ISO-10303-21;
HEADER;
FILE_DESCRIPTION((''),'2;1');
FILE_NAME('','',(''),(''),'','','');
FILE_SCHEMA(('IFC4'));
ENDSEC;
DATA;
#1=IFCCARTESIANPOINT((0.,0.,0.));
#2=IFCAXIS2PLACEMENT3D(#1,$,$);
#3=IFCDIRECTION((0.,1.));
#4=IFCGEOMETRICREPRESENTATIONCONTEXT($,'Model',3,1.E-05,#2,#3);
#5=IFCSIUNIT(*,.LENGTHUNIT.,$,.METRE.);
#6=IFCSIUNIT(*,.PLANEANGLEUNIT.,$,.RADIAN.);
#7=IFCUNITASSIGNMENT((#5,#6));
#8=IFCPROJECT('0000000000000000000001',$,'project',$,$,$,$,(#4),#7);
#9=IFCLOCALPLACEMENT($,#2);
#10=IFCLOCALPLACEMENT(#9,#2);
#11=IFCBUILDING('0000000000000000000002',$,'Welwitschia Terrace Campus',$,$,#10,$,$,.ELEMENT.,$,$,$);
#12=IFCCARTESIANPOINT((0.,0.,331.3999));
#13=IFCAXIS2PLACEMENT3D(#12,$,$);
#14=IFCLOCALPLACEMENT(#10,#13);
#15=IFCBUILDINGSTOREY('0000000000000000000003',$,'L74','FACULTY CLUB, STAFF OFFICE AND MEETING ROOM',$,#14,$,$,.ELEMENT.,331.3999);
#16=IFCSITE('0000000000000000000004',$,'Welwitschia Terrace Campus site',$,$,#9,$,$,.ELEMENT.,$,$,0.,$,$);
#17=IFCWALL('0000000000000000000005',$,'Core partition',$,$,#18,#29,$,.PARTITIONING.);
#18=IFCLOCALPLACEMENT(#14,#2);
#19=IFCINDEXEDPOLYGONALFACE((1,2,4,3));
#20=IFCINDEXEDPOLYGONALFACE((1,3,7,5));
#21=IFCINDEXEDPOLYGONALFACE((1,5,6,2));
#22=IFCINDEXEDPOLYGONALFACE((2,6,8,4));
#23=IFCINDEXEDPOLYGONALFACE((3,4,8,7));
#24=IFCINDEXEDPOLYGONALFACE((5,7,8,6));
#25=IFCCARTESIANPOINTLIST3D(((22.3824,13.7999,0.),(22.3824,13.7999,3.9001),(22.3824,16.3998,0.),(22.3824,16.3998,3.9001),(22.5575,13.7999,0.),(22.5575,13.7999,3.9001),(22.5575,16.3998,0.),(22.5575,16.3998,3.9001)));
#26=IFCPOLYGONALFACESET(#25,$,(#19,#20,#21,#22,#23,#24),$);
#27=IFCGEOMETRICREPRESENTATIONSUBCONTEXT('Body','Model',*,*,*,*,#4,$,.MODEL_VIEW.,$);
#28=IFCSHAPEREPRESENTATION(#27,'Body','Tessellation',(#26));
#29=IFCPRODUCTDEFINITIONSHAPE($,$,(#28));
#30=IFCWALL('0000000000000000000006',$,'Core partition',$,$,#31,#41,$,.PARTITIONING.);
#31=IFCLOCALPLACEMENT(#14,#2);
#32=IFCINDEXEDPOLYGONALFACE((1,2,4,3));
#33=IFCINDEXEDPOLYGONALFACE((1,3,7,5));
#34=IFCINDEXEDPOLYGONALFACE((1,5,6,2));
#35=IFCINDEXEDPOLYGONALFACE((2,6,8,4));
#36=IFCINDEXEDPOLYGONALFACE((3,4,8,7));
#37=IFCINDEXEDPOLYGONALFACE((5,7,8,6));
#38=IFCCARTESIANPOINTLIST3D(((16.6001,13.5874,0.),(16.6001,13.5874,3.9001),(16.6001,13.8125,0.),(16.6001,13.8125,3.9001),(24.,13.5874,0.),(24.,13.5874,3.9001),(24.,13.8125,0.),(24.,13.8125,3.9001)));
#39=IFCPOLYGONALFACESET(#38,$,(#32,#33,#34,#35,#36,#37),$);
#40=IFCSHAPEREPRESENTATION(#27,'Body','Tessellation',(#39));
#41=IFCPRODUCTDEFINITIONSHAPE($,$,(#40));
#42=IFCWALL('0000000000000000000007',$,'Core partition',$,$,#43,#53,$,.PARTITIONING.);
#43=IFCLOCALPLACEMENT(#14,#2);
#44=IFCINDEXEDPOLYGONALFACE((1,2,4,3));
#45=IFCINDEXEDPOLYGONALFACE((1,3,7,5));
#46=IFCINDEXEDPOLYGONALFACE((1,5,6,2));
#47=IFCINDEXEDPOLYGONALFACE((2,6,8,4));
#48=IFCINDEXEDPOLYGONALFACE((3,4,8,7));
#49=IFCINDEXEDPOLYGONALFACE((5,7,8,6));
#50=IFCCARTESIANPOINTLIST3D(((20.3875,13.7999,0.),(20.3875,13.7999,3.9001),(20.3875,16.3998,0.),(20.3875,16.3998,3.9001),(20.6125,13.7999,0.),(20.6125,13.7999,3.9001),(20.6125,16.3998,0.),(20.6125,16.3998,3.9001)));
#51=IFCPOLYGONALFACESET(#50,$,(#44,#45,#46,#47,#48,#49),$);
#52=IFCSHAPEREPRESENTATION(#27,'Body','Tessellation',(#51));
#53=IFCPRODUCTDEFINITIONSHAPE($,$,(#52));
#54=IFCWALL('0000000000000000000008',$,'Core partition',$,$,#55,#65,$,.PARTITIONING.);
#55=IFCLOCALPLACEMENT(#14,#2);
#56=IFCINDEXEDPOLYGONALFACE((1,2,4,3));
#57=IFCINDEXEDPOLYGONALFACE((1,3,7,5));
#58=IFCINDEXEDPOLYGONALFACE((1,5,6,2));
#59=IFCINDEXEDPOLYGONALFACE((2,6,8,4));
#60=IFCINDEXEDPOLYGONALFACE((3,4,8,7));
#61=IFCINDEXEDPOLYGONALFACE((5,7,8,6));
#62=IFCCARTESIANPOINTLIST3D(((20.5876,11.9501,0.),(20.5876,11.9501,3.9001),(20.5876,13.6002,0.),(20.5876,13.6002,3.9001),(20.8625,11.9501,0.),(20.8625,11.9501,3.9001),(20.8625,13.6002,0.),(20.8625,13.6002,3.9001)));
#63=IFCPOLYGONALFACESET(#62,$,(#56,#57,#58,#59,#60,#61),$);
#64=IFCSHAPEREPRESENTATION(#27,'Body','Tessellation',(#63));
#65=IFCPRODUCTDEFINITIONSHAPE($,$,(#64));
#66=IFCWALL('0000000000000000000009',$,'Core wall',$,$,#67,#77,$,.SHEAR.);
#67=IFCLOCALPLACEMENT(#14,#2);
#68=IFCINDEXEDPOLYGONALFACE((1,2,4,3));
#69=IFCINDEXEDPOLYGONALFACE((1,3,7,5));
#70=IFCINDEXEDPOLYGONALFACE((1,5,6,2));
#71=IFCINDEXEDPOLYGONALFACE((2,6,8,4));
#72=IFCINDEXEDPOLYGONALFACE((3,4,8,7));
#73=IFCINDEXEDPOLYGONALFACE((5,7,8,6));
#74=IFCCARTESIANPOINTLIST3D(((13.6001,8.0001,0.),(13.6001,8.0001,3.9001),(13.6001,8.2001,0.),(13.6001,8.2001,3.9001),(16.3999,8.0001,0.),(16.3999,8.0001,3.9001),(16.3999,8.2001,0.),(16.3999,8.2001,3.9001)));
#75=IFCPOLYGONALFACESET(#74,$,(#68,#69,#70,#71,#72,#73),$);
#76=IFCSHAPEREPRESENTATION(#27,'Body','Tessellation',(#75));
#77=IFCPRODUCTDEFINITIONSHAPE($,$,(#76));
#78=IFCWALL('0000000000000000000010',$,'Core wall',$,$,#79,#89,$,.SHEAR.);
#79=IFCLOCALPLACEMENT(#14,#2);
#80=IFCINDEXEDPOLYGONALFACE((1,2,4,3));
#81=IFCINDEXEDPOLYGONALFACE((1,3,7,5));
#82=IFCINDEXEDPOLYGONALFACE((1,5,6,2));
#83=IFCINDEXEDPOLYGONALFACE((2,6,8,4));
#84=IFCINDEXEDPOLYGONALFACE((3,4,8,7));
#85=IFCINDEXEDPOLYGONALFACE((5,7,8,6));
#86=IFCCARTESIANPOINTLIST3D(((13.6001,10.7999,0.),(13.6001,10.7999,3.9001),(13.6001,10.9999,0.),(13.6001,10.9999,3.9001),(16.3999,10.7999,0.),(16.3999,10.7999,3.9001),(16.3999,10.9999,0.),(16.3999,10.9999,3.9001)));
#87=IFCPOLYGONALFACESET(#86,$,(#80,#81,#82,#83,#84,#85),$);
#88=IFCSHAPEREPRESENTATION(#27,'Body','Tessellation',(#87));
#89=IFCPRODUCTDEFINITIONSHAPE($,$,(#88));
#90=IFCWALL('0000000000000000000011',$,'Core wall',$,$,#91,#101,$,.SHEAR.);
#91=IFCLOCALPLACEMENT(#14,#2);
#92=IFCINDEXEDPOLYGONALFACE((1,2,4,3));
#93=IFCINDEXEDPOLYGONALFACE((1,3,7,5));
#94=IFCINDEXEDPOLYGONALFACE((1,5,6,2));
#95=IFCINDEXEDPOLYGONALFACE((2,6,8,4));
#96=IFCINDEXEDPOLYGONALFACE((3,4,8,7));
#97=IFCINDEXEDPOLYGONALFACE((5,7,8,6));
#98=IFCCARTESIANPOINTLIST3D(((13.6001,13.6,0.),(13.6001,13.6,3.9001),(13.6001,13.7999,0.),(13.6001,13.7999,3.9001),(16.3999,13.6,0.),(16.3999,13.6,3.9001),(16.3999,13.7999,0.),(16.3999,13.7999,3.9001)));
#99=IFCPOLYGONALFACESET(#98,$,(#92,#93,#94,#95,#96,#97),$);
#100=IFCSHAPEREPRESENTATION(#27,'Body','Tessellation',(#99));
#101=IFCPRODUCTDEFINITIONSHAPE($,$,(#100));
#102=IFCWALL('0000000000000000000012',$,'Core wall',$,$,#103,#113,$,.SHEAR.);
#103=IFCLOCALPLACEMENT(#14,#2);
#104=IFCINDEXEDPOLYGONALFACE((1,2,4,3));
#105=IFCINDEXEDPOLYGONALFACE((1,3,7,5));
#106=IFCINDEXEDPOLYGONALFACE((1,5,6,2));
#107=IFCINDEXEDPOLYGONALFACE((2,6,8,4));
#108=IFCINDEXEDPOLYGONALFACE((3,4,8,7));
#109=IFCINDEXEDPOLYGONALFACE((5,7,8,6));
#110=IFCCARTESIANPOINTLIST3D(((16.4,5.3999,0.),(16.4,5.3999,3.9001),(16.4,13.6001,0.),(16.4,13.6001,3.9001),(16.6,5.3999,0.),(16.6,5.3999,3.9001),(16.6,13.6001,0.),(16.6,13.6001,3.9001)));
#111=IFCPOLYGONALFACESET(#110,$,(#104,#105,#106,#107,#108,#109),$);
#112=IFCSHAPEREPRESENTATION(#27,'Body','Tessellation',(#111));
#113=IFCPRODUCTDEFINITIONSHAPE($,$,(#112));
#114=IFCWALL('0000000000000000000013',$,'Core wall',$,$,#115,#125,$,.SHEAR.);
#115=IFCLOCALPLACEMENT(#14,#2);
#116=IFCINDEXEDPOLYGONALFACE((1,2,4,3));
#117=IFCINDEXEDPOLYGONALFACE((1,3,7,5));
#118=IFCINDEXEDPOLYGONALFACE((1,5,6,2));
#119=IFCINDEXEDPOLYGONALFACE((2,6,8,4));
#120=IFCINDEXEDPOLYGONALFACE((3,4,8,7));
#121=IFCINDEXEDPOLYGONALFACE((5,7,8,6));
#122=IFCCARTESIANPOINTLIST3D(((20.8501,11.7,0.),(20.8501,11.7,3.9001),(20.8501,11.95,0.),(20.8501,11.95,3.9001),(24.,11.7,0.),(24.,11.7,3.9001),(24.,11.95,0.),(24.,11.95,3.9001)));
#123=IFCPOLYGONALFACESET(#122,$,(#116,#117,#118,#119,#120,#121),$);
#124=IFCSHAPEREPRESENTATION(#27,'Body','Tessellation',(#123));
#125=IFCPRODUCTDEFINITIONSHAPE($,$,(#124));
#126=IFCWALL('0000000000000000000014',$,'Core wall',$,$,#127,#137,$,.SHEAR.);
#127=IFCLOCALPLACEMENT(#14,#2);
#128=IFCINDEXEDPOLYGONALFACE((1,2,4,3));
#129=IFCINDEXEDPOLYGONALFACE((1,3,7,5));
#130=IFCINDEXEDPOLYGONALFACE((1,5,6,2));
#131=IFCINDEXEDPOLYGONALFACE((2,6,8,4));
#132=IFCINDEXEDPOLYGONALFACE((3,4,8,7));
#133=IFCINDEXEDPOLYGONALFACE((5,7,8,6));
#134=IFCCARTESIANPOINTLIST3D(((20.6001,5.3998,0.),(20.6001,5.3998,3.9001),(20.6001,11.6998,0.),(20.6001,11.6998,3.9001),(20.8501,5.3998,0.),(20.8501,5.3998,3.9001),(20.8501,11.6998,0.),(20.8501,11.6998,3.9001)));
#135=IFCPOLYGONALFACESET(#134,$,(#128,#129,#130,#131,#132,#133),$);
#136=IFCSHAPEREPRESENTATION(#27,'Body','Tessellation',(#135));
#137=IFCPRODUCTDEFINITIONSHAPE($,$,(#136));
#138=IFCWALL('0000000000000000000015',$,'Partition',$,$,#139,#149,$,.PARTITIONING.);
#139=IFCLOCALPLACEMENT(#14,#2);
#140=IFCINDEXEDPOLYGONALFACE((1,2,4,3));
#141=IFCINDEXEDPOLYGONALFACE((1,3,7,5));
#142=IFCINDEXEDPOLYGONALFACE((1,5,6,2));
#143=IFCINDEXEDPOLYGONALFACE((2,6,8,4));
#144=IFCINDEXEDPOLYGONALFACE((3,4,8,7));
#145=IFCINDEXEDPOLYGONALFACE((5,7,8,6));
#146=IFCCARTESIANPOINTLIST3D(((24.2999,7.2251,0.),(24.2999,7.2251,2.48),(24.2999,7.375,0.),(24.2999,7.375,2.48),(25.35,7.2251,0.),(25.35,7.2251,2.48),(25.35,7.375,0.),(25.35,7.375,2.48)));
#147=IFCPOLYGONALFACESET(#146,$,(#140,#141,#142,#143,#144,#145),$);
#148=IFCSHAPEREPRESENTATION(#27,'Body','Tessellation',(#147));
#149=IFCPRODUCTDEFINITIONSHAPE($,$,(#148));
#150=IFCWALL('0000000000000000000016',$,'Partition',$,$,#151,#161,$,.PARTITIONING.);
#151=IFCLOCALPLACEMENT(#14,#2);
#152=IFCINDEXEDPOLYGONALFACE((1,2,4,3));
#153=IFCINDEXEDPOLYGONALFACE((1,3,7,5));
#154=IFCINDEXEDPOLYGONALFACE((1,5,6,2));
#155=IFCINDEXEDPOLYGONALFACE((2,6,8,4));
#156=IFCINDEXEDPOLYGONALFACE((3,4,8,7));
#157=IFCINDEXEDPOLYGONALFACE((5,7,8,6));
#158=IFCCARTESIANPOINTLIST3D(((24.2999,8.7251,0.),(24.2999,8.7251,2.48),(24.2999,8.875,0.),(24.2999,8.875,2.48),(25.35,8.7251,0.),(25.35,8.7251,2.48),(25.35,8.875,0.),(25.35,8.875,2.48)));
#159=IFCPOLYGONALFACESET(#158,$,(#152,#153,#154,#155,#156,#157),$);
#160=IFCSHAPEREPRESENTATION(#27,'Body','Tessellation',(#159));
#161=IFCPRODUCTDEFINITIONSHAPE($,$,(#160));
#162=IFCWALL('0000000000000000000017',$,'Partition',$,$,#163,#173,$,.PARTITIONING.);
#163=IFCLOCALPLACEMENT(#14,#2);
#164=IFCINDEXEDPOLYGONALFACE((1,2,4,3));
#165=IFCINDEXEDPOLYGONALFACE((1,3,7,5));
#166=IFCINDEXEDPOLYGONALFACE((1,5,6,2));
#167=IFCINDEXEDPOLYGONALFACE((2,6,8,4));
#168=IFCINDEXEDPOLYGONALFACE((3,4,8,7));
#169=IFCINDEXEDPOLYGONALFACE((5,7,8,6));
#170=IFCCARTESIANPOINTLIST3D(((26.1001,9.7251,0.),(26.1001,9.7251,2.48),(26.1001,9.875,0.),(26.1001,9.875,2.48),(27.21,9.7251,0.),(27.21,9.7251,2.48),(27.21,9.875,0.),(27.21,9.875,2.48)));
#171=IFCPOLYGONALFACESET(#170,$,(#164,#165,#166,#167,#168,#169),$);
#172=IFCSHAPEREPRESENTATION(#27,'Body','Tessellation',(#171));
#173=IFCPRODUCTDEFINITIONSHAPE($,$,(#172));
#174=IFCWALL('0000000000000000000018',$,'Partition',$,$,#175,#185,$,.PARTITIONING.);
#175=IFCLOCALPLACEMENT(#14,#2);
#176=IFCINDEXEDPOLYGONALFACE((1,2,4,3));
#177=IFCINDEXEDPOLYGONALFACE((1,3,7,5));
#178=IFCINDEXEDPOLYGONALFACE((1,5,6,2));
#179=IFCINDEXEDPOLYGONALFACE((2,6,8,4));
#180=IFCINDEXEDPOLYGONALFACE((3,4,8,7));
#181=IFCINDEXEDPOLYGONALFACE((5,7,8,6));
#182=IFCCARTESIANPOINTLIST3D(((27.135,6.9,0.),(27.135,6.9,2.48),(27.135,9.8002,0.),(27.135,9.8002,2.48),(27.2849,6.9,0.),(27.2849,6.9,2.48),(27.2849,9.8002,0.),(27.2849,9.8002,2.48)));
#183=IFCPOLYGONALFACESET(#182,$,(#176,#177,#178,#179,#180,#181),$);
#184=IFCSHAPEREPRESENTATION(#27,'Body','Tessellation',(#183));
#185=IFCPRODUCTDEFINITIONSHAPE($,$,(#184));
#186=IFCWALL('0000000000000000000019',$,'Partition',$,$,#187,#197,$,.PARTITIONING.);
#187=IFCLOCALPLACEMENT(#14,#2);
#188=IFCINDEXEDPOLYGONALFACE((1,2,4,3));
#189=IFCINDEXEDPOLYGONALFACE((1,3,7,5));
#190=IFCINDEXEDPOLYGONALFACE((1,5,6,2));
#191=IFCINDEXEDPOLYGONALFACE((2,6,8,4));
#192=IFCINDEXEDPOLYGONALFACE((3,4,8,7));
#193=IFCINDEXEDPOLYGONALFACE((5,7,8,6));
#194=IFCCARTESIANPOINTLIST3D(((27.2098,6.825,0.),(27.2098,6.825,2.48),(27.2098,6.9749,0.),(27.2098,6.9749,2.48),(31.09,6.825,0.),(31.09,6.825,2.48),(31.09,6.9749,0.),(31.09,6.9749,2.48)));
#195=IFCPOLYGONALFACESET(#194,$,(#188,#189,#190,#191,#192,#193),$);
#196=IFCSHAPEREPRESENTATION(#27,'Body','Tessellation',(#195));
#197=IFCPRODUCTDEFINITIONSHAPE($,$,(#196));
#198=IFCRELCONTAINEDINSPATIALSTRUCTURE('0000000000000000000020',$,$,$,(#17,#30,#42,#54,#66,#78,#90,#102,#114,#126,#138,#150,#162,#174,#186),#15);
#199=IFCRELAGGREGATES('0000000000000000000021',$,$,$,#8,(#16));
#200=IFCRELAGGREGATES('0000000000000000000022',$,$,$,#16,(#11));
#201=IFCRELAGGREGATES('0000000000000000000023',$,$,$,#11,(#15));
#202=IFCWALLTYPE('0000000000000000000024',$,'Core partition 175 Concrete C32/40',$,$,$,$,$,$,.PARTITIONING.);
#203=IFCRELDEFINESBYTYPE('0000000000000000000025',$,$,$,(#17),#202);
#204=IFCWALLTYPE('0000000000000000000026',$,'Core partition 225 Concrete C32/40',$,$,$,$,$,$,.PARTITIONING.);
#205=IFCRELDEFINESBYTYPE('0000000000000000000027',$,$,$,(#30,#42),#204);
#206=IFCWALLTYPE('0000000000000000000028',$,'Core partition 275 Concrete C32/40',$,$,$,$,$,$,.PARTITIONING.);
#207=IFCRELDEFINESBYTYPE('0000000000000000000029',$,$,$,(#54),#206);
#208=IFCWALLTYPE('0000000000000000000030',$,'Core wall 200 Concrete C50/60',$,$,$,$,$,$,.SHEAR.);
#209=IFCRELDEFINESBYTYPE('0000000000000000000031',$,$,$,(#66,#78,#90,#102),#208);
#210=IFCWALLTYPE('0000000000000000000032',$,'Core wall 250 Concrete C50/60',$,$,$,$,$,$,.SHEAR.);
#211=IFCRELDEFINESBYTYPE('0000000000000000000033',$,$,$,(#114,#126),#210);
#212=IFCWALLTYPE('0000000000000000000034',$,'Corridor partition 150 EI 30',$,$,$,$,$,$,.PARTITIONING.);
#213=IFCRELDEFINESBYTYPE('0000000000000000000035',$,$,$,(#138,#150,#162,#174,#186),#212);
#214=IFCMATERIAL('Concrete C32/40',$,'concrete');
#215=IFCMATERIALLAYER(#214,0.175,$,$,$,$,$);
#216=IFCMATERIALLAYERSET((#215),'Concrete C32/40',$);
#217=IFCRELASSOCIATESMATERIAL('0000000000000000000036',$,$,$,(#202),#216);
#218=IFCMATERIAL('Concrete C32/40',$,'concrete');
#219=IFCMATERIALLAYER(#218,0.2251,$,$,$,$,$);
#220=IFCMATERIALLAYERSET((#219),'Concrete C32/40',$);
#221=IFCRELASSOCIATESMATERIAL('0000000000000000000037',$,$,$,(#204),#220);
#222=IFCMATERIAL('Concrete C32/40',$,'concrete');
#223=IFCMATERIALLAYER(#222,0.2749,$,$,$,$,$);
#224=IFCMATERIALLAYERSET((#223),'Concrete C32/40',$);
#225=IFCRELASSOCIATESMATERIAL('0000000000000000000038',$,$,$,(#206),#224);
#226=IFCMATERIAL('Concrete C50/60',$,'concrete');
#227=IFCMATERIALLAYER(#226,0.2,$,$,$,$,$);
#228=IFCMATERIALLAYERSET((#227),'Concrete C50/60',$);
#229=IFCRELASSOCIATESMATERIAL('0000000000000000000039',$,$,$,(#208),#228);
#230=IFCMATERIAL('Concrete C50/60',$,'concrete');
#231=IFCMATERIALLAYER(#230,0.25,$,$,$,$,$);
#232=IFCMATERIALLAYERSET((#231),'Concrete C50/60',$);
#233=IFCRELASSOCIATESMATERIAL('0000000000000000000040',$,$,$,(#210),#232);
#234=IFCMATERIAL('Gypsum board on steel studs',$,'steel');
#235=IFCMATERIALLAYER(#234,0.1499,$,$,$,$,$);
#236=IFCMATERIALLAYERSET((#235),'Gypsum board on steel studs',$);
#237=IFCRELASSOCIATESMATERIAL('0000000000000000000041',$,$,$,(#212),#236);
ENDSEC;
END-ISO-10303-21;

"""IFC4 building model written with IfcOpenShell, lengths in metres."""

from ifc_helpers import new_model, si_unit, direction, frame, frame_2d, origin, place, context, subcontext, project, spatial, rectangle, extrude, material, layer, layer_set, type_object, element, save


model = new_model("IFC4")

# Units and contexts
model_context = context("Model", 3, precision=1e-05, world=origin(), true_north=direction((0.0, 1.0)))
body_context = subcontext(model_context, "Body", "Model", "MODEL_VIEW")
ifc_project = project(units=[si_unit("LENGTHUNIT", "METRE"), si_unit("PLANEANGLEUNIT", "RADIAN")], contexts=[model_context])

# Site, building, storey
site_placement = place(None, origin())
site = spatial("IfcSite", under=ifc_project, at=site_placement, Name="Welwitschia Terrace Campus site", CompositionType="ELEMENT", RefElevation=0.0)
building_placement = place(site_placement, origin())
building = spatial("IfcBuilding", under=site, at=building_placement, Name="Welwitschia Terrace Campus", CompositionType="ELEMENT")
storey_placement = place(building_placement, frame((0.0, 0.0, 331.3999)))
storey = spatial("IfcBuildingStorey", under=building, at=storey_placement, Name="L74", Description="FACULTY CLUB, STAFF OFFICE AND MEETING ROOM", CompositionType="ELEMENT", Elevation=331.3999)

# Walls
ifc_material_1 = material(Name="Concrete C32/40", Category="concrete")
ifc_layer_1 = layer(ifc_material_1, 0.175)
ifc_layer_set_1 = layer_set([ifc_layer_1], Name="Concrete C32/40")
wall_type_1 = type_object("IfcWallType", Name="Core partition 175 Concrete C32/40", PredefinedType="PARTITIONING", material=ifc_layer_set_1)
for number, where, z_axis, x_axis, name in (
    (1, (22.47, 13.8, 0.0), (0.0, 0.0, 1.0), (0.0, 1.0, 0.0), "Core partition"),
):
    element("IfcWall", number, at=place(storey_placement, frame(where, z_axis=z_axis, x_axis=x_axis)), inside=storey, type_object=wall_type_1, Name=name, PredefinedType="PARTITIONING", context=body_context, shape_type="SweptSolid", body=[
        extrude(rectangle(XDim=2.5999, YDim=0.175, at=frame_2d((1.2998, 0.0))), origin(), (0.0, 0.0, 1.0), 3.9001),
    ])
ifc_material_2 = material(Name="Concrete C32/40", Category="concrete")
ifc_layer_2 = layer(ifc_material_2, 0.2251)
ifc_layer_set_2 = layer_set([ifc_layer_2], Name="Concrete C32/40")
wall_type_2 = type_object("IfcWallType", Name="Core partition 225 Concrete C32/40", PredefinedType="PARTITIONING", material=ifc_layer_set_2)
wall_1_placement = place(storey_placement, frame((16.6001, 13.7, 0.0), z_axis=(0.0, 0.0, 1.0), x_axis=(1.0, 0.0, 0.0)))
element("IfcWall", 2, at=wall_1_placement, inside=storey, type_object=wall_type_2, Name="Core partition", PredefinedType="PARTITIONING", context=body_context, shape_type="SweptSolid", body=[
    extrude(rectangle(XDim=7.3999, YDim=0.2251, at=frame_2d((3.7, 0.0))), origin(), (0.0, 0.0, 1.0), 3.9001),
])
wall_2_placement = place(storey_placement, frame((20.5, 13.8, 0.0), z_axis=(0.0, 0.0, 1.0), x_axis=(0.0, 1.0, 0.0)))
element("IfcWall", 3, at=wall_2_placement, inside=storey, type_object=wall_type_2, Name="Core partition", PredefinedType="PARTITIONING", context=body_context, shape_type="SweptSolid", body=[
    extrude(rectangle(XDim=2.5999, YDim=0.2251, at=frame_2d((1.2998, 0.0))), origin(), (0.0, 0.0, 1.0), 3.9001),
])
ifc_material_3 = material(Name="Concrete C32/40", Category="concrete")
ifc_layer_3 = layer(ifc_material_3, 0.2749)
ifc_layer_set_3 = layer_set([ifc_layer_3], Name="Concrete C32/40")
wall_type_3 = type_object("IfcWallType", Name="Core partition 275 Concrete C32/40", PredefinedType="PARTITIONING", material=ifc_layer_set_3)
wall_3_placement = place(storey_placement, frame((20.7251, 11.95, 0.0), z_axis=(0.0, 0.0, 1.0), x_axis=(0.0, 1.0, 0.0)))
element("IfcWall", 4, at=wall_3_placement, inside=storey, type_object=wall_type_3, Name="Core partition", PredefinedType="PARTITIONING", context=body_context, shape_type="SweptSolid", body=[
    extrude(rectangle(XDim=1.6501, YDim=0.2749, at=frame_2d((0.8252, 0.0))), origin(), (0.0, 0.0, 1.0), 3.9001),
])
ifc_material_4 = material(Name="Concrete C50/60", Category="concrete")
ifc_layer_4 = layer(ifc_material_4, 0.2)
ifc_layer_set_4 = layer_set([ifc_layer_4], Name="Concrete C50/60")
wall_type_4 = type_object("IfcWallType", Name="Core wall 200 Concrete C50/60", PredefinedType="SHEAR", material=ifc_layer_set_4)
for number, where, z_axis, x_axis, name in (
    (5, (13.6001, 8.1001, 0.0), (0.0, 0.0, 1.0), (1.0, 0.0, 0.0), "Core wall"),
    (6, (13.6001, 10.8999, 0.0), (0.0, 0.0, 1.0), (1.0, 0.0, 0.0), "Core wall"),
    (7, (13.6001, 13.7, 0.0), (0.0, 0.0, 1.0), (1.0, 0.0, 0.0), "Core wall"),
):
    element("IfcWall", number, at=place(storey_placement, frame(where, z_axis=z_axis, x_axis=x_axis)), inside=storey, type_object=wall_type_4, Name=name, PredefinedType="SHEAR", context=body_context, shape_type="SweptSolid", body=[
        extrude(rectangle(XDim=2.7998, YDim=0.2, at=frame_2d((1.3999, 0.0))), origin(), (0.0, 0.0, 1.0), 3.9001),
    ])
wall_4_placement = place(storey_placement, frame((16.5, 5.3999, 0.0), z_axis=(0.0, 0.0, 1.0), x_axis=(0.0, 1.0, 0.0)))
element("IfcWall", 8, at=wall_4_placement, inside=storey, type_object=wall_type_4, Name="Core wall", PredefinedType="SHEAR", context=body_context, shape_type="SweptSolid", body=[
    extrude(rectangle(XDim=8.2002, YDim=0.2, at=frame_2d((4.1001, 0.0))), origin(), (0.0, 0.0, 1.0), 3.9001),
])
ifc_material_5 = material(Name="Concrete C50/60", Category="concrete")
ifc_layer_5 = layer(ifc_material_5, 0.25)
ifc_layer_set_5 = layer_set([ifc_layer_5], Name="Concrete C50/60")
wall_type_5 = type_object("IfcWallType", Name="Core wall 250 Concrete C50/60", PredefinedType="SHEAR", material=ifc_layer_set_5)
wall_5_placement = place(storey_placement, frame((20.8501, 11.825, 0.0), z_axis=(0.0, 0.0, 1.0), x_axis=(1.0, 0.0, 0.0)))
element("IfcWall", 9, at=wall_5_placement, inside=storey, type_object=wall_type_5, Name="Core wall", PredefinedType="SHEAR", context=body_context, shape_type="SweptSolid", body=[
    extrude(rectangle(XDim=3.1499, YDim=0.25, at=frame_2d((1.575, 0.0))), origin(), (0.0, 0.0, 1.0), 3.9001),
])
wall_6_placement = place(storey_placement, frame((20.7251, 5.3999, 0.0), z_axis=(0.0, 0.0, 1.0), x_axis=(0.0, 1.0, 0.0)))
element("IfcWall", 10, at=wall_6_placement, inside=storey, type_object=wall_type_5, Name="Core wall", PredefinedType="SHEAR", context=body_context, shape_type="SweptSolid", body=[
    extrude(rectangle(XDim=6.3, YDim=0.25, at=frame_2d((3.1499, 0.0))), origin(), (0.0, 0.0, 1.0), 3.9001),
])
ifc_material_6 = material(Name="Gypsum board on steel studs", Category="steel")
ifc_layer_6 = layer(ifc_material_6, 0.1499)
ifc_layer_set_6 = layer_set([ifc_layer_6], Name="Gypsum board on steel studs")
wall_type_6 = type_object("IfcWallType", Name="Corridor partition 150 EI 30", PredefinedType="PARTITIONING", material=ifc_layer_set_6)
for number, where, z_axis, x_axis, name in (
    (11, (24.3, 7.3, 0.0), (0.0, 0.0, 1.0), (1.0, 0.0, 0.0), "Partition"),
    (12, (24.3, 8.8, 0.0), (0.0, 0.0, 1.0), (1.0, 0.0, 0.0), "Partition"),
):
    element("IfcWall", number, at=place(storey_placement, frame(where, z_axis=z_axis, x_axis=x_axis)), inside=storey, type_object=wall_type_6, Name=name, PredefinedType="PARTITIONING", context=body_context, shape_type="SweptSolid", body=[
        extrude(rectangle(XDim=1.05, YDim=0.1499, at=frame_2d((0.5249, 0.0))), origin(), (0.0, 0.0, 1.0), 2.48),
    ])
wall_7_placement = place(storey_placement, frame((26.1001, 9.8, 0.0), z_axis=(0.0, 0.0, 1.0), x_axis=(1.0, 0.0, 0.0)))
element("IfcWall", 13, at=wall_7_placement, inside=storey, type_object=wall_type_6, Name="Partition", PredefinedType="PARTITIONING", context=body_context, shape_type="SweptSolid", body=[
    extrude(rectangle(XDim=1.1099, YDim=0.1499, at=frame_2d((0.5549, 0.0))), origin(), (0.0, 0.0, 1.0), 2.48),
])
wall_8_placement = place(storey_placement, frame((27.21, 6.8999, 0.0), z_axis=(0.0, 0.0, 1.0), x_axis=(0.0, 1.0, 0.0)))
element("IfcWall", 14, at=wall_8_placement, inside=storey, type_object=wall_type_6, Name="Partition", PredefinedType="PARTITIONING", context=body_context, shape_type="SweptSolid", body=[
    extrude(rectangle(XDim=2.9001, YDim=0.1499, at=frame_2d((1.4502, 0.0))), origin(), (0.0, 0.0, 1.0), 2.48),
])
wall_9_placement = place(storey_placement, frame((27.21, 6.8999, 0.0), z_axis=(0.0, 0.0, 1.0), x_axis=(1.0, 0.0, 0.0)))
element("IfcWall", 15, at=wall_9_placement, inside=storey, type_object=wall_type_6, Name="Partition", PredefinedType="PARTITIONING", context=body_context, shape_type="SweptSolid", body=[
    extrude(rectangle(XDim=3.8801, YDim=0.1499, at=frame_2d((1.9399, 0.0))), origin(), (0.0, 0.0, 1.0), 2.48),
])

save(model, "model.ifc")
